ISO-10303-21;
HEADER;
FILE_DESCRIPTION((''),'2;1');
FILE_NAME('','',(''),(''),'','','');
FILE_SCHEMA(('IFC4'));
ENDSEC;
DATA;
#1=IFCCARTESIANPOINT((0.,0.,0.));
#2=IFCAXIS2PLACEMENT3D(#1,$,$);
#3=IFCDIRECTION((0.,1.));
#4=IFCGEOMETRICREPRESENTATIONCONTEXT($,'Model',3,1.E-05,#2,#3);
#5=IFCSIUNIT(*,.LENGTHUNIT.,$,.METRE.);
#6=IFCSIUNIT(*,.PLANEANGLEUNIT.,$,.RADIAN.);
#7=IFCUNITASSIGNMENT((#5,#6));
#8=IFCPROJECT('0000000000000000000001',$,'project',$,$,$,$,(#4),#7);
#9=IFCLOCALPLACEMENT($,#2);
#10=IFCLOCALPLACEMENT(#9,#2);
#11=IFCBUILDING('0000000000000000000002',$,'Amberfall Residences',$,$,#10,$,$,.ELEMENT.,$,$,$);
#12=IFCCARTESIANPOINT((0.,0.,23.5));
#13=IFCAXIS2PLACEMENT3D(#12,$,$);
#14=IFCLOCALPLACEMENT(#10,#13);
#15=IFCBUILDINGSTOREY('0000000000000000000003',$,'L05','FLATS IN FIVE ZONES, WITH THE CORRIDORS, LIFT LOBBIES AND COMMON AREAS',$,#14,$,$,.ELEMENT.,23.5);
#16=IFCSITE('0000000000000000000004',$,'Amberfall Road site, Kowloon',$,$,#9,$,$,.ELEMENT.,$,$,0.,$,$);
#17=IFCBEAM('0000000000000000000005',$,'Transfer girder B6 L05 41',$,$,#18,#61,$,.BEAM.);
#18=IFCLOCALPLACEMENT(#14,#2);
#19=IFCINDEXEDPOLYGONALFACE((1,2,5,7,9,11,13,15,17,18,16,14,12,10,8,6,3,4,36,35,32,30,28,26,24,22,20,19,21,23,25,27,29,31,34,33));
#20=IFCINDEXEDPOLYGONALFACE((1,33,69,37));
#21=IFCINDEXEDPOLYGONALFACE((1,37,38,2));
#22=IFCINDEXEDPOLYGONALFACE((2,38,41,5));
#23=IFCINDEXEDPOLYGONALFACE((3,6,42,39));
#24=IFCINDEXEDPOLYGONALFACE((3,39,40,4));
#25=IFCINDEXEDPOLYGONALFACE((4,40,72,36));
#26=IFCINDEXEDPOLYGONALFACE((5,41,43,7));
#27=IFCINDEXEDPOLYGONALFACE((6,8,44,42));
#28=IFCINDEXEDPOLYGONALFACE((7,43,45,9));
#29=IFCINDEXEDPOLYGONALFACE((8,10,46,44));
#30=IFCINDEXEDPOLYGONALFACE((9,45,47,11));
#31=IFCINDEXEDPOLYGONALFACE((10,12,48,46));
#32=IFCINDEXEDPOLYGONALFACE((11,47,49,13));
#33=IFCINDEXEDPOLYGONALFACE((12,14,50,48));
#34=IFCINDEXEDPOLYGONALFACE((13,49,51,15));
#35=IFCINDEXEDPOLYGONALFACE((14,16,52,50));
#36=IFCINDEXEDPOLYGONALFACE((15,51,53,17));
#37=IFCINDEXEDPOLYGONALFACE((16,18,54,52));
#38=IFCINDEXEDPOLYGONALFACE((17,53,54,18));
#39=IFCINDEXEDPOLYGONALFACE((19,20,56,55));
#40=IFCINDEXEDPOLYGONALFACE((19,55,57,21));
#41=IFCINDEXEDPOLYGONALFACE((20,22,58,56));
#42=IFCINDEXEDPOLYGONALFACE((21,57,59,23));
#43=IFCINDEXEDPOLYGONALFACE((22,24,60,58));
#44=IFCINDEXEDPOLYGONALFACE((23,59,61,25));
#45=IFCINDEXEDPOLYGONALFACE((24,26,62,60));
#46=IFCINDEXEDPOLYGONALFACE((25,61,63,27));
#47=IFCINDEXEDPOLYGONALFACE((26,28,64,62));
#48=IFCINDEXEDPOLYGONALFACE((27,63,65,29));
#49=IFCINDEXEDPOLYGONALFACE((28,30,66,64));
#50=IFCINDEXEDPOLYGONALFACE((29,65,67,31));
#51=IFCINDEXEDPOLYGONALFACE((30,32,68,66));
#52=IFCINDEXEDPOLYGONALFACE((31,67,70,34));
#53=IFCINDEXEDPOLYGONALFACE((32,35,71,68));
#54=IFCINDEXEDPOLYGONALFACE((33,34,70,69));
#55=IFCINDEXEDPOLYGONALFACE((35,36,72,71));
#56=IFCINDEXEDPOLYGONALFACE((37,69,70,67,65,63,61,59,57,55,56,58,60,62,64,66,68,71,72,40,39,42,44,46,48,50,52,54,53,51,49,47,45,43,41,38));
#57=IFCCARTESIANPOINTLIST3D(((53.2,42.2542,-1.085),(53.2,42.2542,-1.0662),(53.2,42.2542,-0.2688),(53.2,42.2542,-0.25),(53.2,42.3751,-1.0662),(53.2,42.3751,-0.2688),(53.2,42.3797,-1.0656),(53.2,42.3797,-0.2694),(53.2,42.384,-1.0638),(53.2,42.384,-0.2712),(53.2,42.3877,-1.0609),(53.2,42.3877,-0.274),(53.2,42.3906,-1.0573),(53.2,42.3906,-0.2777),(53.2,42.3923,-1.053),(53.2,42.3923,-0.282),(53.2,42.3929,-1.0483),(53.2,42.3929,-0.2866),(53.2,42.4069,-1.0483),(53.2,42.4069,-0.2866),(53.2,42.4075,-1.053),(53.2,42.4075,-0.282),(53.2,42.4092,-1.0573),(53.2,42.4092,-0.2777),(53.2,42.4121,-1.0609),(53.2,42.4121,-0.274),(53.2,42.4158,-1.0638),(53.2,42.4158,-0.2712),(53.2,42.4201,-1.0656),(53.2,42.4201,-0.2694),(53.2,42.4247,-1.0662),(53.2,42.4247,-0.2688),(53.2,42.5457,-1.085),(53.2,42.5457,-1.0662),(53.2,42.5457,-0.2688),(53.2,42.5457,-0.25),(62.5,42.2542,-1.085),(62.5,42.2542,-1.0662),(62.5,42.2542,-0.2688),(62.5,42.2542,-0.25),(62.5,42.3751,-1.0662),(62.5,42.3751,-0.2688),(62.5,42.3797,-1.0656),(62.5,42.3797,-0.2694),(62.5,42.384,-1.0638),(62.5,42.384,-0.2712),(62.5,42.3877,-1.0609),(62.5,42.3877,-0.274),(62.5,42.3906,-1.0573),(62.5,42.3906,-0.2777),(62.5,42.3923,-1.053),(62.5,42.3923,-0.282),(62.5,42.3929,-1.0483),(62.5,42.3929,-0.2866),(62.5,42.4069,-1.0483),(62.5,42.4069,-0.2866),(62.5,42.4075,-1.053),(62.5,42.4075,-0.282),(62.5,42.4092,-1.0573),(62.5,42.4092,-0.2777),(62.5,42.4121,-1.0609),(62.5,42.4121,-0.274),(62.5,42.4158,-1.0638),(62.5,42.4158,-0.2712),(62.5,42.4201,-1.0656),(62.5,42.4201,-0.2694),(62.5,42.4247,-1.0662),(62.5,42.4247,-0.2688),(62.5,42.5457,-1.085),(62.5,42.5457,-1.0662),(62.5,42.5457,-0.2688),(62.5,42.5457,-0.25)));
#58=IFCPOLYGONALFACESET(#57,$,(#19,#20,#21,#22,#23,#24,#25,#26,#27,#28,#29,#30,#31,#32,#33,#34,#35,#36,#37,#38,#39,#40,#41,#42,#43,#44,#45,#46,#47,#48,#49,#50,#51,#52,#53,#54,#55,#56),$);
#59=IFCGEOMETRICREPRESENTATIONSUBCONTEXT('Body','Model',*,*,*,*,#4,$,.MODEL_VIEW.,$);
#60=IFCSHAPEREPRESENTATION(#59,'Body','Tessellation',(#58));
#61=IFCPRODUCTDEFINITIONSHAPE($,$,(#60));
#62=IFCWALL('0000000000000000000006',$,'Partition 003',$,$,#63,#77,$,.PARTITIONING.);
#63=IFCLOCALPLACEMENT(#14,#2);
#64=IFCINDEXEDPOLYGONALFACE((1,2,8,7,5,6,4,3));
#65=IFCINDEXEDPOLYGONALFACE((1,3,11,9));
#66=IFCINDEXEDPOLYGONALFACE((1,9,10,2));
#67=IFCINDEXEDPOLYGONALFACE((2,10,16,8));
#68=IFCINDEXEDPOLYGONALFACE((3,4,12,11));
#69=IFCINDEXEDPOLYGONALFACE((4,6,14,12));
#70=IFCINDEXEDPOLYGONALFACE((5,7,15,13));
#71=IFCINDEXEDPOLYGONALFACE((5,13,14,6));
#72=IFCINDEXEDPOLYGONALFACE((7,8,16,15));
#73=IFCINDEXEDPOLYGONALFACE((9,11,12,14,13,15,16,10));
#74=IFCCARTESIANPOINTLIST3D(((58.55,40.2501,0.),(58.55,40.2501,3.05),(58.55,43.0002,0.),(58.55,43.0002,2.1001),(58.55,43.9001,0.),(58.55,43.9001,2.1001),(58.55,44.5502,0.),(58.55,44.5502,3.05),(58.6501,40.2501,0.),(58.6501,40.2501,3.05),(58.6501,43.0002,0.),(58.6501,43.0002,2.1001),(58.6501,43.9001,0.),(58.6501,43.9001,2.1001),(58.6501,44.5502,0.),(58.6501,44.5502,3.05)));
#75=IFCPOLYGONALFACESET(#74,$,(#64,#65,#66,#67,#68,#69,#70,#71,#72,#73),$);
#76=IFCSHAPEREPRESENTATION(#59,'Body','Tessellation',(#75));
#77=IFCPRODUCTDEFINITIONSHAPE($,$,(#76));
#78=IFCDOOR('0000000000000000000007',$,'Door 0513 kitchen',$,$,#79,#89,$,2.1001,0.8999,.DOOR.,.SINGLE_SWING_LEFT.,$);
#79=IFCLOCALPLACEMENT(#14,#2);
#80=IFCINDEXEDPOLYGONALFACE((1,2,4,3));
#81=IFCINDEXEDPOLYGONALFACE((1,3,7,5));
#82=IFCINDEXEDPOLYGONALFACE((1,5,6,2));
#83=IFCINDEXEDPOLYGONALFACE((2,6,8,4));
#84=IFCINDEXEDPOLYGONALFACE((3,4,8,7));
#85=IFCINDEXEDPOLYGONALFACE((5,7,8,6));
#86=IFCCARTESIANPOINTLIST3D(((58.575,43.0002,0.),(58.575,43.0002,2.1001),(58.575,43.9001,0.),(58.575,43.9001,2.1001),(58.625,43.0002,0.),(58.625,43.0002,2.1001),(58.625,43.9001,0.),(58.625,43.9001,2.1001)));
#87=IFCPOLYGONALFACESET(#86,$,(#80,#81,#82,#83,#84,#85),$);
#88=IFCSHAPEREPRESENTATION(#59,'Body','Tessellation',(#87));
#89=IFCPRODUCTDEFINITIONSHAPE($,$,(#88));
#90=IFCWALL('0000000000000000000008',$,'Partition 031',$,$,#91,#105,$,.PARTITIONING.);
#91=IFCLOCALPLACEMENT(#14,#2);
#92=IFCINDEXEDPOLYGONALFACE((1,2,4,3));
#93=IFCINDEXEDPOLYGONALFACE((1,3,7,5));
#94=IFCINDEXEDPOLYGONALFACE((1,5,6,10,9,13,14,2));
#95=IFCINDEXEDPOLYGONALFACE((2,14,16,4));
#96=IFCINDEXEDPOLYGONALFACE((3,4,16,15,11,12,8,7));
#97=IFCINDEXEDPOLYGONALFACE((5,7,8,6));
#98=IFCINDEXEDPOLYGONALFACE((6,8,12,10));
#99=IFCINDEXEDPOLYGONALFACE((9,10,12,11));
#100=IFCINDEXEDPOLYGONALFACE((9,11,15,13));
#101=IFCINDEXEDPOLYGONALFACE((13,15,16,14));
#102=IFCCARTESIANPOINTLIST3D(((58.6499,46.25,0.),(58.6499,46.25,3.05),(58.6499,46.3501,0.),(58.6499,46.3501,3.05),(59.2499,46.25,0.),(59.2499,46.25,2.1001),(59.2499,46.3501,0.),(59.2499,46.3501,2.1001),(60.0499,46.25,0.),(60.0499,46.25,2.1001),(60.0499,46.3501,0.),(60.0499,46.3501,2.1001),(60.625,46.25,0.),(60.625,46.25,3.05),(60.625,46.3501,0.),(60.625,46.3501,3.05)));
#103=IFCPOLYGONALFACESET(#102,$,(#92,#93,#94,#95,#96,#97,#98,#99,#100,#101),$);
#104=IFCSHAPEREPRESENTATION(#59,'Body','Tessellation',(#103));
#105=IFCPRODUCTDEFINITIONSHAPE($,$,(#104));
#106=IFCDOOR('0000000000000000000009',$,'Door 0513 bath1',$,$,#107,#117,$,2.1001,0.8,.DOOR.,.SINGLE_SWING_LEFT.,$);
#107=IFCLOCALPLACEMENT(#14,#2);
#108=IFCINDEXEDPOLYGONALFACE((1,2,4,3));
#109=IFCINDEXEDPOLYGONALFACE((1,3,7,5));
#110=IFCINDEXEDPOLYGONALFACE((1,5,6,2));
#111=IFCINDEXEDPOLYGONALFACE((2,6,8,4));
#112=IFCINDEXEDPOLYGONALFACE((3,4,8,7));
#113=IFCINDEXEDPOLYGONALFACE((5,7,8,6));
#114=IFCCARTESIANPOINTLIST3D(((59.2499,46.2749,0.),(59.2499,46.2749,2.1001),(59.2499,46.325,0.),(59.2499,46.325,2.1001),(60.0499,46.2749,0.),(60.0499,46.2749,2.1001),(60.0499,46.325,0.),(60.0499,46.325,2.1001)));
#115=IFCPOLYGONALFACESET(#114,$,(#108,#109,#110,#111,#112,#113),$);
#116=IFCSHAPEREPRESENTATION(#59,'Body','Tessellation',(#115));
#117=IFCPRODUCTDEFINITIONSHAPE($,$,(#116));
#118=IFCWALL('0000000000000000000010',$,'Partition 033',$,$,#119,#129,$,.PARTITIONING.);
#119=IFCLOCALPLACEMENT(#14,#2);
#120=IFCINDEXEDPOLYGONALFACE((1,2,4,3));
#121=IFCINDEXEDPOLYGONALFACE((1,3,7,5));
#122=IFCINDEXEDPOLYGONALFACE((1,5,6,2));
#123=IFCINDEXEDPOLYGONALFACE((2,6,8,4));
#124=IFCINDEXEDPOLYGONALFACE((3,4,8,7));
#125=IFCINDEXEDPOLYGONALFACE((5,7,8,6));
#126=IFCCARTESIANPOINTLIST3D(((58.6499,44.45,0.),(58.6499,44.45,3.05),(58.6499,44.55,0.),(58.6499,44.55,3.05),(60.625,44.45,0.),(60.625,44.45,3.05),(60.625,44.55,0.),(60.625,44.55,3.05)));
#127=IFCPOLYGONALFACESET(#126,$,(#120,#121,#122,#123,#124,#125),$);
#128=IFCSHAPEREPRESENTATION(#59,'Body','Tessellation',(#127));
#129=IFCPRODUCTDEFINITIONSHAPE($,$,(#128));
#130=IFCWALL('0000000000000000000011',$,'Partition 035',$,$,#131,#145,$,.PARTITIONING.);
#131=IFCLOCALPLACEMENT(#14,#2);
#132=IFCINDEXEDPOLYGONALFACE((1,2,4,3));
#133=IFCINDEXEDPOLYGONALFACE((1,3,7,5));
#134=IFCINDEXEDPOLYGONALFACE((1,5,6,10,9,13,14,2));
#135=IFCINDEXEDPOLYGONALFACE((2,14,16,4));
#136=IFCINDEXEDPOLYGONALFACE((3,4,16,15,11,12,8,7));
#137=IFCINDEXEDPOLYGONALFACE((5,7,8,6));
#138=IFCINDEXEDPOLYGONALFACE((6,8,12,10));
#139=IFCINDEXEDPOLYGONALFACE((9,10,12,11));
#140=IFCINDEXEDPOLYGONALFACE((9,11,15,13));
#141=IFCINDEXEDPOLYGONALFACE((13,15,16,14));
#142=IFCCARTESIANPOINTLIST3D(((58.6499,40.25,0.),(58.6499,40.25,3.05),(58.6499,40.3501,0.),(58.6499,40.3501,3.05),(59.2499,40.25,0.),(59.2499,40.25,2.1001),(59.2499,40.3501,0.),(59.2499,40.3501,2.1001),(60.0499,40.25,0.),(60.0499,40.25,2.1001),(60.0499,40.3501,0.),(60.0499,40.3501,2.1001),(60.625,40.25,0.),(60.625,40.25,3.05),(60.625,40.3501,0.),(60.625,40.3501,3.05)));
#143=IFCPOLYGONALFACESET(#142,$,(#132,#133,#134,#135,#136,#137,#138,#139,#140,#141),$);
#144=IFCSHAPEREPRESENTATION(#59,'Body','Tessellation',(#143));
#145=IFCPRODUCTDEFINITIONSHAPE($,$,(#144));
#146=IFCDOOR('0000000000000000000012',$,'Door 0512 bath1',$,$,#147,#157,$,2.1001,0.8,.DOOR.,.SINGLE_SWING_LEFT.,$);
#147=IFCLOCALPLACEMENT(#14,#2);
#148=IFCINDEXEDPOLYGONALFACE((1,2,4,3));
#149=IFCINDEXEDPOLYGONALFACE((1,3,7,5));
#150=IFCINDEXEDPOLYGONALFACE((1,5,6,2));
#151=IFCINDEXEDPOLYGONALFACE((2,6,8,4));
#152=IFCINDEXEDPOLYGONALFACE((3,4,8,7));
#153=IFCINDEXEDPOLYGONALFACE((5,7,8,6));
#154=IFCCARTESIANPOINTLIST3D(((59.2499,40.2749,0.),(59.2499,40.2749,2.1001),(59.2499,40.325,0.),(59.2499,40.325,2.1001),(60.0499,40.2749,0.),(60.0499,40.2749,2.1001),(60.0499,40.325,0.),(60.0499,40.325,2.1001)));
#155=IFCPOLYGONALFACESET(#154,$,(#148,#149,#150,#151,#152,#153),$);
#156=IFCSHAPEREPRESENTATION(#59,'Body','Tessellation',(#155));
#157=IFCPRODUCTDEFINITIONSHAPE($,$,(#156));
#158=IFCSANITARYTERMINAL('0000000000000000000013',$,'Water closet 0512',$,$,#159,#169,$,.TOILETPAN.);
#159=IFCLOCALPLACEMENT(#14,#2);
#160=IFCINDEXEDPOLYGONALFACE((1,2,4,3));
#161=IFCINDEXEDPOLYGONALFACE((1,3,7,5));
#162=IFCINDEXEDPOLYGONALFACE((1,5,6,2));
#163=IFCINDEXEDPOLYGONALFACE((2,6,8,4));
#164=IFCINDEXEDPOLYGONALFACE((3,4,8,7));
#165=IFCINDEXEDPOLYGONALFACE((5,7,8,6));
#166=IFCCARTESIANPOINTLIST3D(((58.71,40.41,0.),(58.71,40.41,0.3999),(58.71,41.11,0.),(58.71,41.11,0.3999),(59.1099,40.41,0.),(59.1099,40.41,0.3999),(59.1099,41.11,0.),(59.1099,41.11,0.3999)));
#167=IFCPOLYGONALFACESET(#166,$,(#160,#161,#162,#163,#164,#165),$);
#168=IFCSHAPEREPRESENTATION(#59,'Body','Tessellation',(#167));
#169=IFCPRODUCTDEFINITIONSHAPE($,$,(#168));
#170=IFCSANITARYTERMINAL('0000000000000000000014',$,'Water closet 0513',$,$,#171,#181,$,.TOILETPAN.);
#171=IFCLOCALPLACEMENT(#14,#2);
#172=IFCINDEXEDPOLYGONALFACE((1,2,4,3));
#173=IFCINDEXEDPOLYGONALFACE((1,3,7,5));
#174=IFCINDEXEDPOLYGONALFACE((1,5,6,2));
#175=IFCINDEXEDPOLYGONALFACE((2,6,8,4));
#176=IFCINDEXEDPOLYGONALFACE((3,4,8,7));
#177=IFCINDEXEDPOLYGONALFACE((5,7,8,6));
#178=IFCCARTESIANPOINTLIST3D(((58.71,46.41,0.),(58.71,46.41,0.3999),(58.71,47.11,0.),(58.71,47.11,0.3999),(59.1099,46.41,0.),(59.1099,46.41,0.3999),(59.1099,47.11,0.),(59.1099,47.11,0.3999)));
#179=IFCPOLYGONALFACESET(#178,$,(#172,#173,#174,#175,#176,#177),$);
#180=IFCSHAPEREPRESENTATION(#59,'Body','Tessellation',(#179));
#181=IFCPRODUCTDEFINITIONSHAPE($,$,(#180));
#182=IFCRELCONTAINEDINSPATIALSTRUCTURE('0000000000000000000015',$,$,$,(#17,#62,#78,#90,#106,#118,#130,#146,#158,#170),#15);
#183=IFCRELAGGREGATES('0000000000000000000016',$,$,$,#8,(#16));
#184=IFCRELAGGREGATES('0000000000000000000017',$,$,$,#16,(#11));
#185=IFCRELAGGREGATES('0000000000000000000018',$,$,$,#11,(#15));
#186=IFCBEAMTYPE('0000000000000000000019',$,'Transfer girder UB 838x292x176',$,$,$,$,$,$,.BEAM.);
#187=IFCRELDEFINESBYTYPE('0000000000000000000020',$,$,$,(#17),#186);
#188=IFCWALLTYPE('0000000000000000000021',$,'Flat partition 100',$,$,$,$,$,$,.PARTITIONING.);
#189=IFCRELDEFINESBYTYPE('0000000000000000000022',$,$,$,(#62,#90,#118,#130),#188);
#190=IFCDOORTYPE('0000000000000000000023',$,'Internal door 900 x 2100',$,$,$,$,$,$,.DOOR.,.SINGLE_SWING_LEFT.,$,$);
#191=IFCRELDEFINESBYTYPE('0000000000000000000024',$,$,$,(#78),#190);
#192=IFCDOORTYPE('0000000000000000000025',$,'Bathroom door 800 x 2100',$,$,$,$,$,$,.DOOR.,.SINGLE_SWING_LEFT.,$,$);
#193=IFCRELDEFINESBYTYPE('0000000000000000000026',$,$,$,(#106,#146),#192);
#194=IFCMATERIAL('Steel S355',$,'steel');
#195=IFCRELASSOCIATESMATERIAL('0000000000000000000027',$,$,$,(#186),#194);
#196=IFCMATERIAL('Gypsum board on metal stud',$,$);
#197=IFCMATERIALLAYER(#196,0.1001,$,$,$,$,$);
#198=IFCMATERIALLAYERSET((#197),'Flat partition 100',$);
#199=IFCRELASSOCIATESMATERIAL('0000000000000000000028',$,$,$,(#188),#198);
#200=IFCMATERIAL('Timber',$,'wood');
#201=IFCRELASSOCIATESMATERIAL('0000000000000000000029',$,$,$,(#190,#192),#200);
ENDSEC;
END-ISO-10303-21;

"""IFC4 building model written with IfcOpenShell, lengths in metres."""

from ifc_helpers import new_model, si_unit, direction, frame, frame_2d, origin, origin_2d, place, context, subcontext, project, spatial, rectangle, i_section, extrude, material, layer, layer_set, material_profile, profile_set, type_object, element, fill, save


model = new_model("IFC4")

# Units and contexts
model_context = context("Model", 3, precision=1e-05, world=origin(), true_north=direction((0.0, 1.0)))
body_context = subcontext(model_context, "Body", "Model", "MODEL_VIEW")
ifc_project = project(units=[si_unit("LENGTHUNIT", "METRE"), si_unit("PLANEANGLEUNIT", "RADIAN")], contexts=[model_context])

# Site, building, storey
site_placement = place(None, origin())
site = spatial("IfcSite", under=ifc_project, at=site_placement, Name="Amberfall Road site, Kowloon", CompositionType="ELEMENT", RefElevation=0.0)
building_placement = place(site_placement, origin())
building = spatial("IfcBuilding", under=site, at=building_placement, Name="Amberfall Residences", CompositionType="ELEMENT")
storey_placement = place(building_placement, frame((0.0, 0.0, 23.5)))
storey = spatial("IfcBuildingStorey", under=building, at=storey_placement, Name="L05", Description="FLATS IN FIVE ZONES, WITH THE CORRIDORS, LIFT LOBBIES AND COMMON AREAS", CompositionType="ELEMENT", Elevation=23.5)

# Beam
ifc_material_1 = material(Name="Steel S355", Category="steel")
ifc_material_profile = material_profile(ifc_material_1, i_section(OverallWidth=0.2915, OverallDepth=0.835, WebThickness=0.0139, FlangeThickness=0.0188, FilletRadius=0.0178, at=origin_2d()), Name="UB 838x292x176")
ifc_profile_set = profile_set([ifc_material_profile], Name="Steel S355")
beam_type = type_object("IfcBeamType", Name="Transfer girder UB 838x292x176", PredefinedType="BEAM", material=ifc_profile_set)
beam_placement = place(storey_placement, frame((53.2, 42.3999, -0.6675), z_axis=(1.0, 0.0, 0.0), x_axis=(0.0, 1.0, 0.0)))
element("IfcBeam", 1, at=beam_placement, inside=storey, type_object=beam_type, Name="Transfer girder B6 L05 41", PredefinedType="BEAM", context=body_context, shape_type="SweptSolid", body=[
    extrude(i_section(OverallWidth=0.2915, OverallDepth=0.835, WebThickness=0.0139, FlangeThickness=0.0188, FilletRadius=0.0178, at=origin_2d()), origin(), (0.0, 0.0, 1.0), 9.3),
])

# Walls, openings, doors
ifc_material_2 = material(Name="Gypsum board on metal stud")
ifc_layer = layer(ifc_material_2, 0.1001)
ifc_layer_set = layer_set([ifc_layer], Name="Flat partition 100")
wall_type = type_object("IfcWallType", Name="Flat partition 100", PredefinedType="PARTITIONING", material=ifc_layer_set)
wall_1_placement = place(storey_placement, frame((58.6001, 44.55, 0.0), z_axis=(0.0, 0.0, 1.0), x_axis=(0.0, -1.0, 0.0)))
wall_1 = element("IfcWall", 2, at=wall_1_placement, inside=storey, type_object=wall_type, Name="Partition 003", PredefinedType="PARTITIONING", context=body_context, shape_type="SweptSolid", body=[
    extrude(rectangle(XDim=4.3, YDim=0.1001, at=frame_2d((2.1499, 0.0))), origin(), (0.0, 0.0, 1.0), 3.05),
])
opening_1_placement = place(wall_1_placement, frame((0.6499, 0.0, 0.0)))
opening_1 = element("IfcOpeningElement", 3, at=opening_1_placement, cuts=wall_1, PredefinedType="OPENING", context=body_context, shape_type="SweptSolid", body=[
    extrude(rectangle(XDim=0.8999, YDim=2.1001, at=frame_2d((0.45, 1.05))), frame((0.0, 0.0601, 0.0), z_axis=(0.0, -1.0, 0.0), x_axis=(1.0, 0.0, 0.0)), (0.0, 0.0, 1.0), 0.1201),
])
ifc_material_3 = material(Name="Timber", Category="wood")
door_type_1 = type_object("IfcDoorType", Name="Internal door 900 x 2100", OperationType="SINGLE_SWING_LEFT", PredefinedType="DOOR", material=ifc_material_3)
door_1_placement = place(opening_1_placement, origin())
door_1 = element("IfcDoor", 4, at=door_1_placement, inside=storey, type_object=door_type_1, Name="Door 0513 kitchen", OperationType="SINGLE_SWING_LEFT", OverallHeight=2.1001, OverallWidth=0.8999, PredefinedType="DOOR", context=body_context, shape_type="SweptSolid", body=[
    extrude(rectangle(XDim=0.8999, YDim=2.1001, at=frame_2d((0.45, 1.05))), frame((0.0, 0.0249, 0.0), z_axis=(0.0, -1.0, 0.0), x_axis=(1.0, 0.0, 0.0)), (0.0, 0.0, 1.0), 0.05),
])
fill(opening_1, door_1)
wall_2_placement = place(storey_placement, frame((58.6499, 46.3, 0.0), z_axis=(0.0, 0.0, 1.0), x_axis=(1.0, 0.0, 0.0)))
wall_2 = element("IfcWall", 5, at=wall_2_placement, inside=storey, type_object=wall_type, Name="Partition 031", PredefinedType="PARTITIONING", context=body_context, shape_type="SweptSolid", body=[
    extrude(rectangle(XDim=1.9751, YDim=0.1001, at=frame_2d((0.9875, 0.0))), origin(), (0.0, 0.0, 1.0), 3.05),
])
opening_2_placement = place(wall_2_placement, frame((0.6001, 0.0, 0.0)))
opening_2 = element("IfcOpeningElement", 6, at=opening_2_placement, cuts=wall_2, PredefinedType="OPENING", context=body_context, shape_type="SweptSolid", body=[
    extrude(rectangle(XDim=0.8, YDim=2.1001, at=frame_2d((0.3999, 1.05))), frame((0.0, 0.0601, 0.0), z_axis=(0.0, -1.0, 0.0), x_axis=(1.0, 0.0, 0.0)), (0.0, 0.0, 1.0), 0.1201),
])
door_type_2 = type_object("IfcDoorType", Name="Bathroom door 800 x 2100", OperationType="SINGLE_SWING_LEFT", PredefinedType="DOOR", material=ifc_material_3)
door_2_placement = place(opening_2_placement, origin())
door_2 = element("IfcDoor", 7, at=door_2_placement, inside=storey, type_object=door_type_2, Name="Door 0513 bath1", OperationType="SINGLE_SWING_LEFT", OverallHeight=2.1001, OverallWidth=0.8, PredefinedType="DOOR", context=body_context, shape_type="SweptSolid", body=[
    extrude(rectangle(XDim=0.8, YDim=2.1001, at=frame_2d((0.3999, 1.05))), frame((0.0, 0.0249, 0.0), z_axis=(0.0, -1.0, 0.0), x_axis=(1.0, 0.0, 0.0)), (0.0, 0.0, 1.0), 0.05),
])
fill(opening_2, door_2)

# Wall
wall_3_placement = place(storey_placement, frame((58.6499, 44.5, 0.0), z_axis=(0.0, 0.0, 1.0), x_axis=(1.0, 0.0, 0.0)))
element("IfcWall", 8, at=wall_3_placement, inside=storey, type_object=wall_type, Name="Partition 033", PredefinedType="PARTITIONING", context=body_context, shape_type="SweptSolid", body=[
    extrude(rectangle(XDim=1.9751, YDim=0.1001, at=frame_2d((0.9875, 0.0))), origin(), (0.0, 0.0, 1.0), 3.05),
])

# Wall, opening, door
wall_4_placement = place(storey_placement, frame((58.6499, 40.3, 0.0), z_axis=(0.0, 0.0, 1.0), x_axis=(1.0, 0.0, 0.0)))
wall_4 = element("IfcWall", 9, at=wall_4_placement, inside=storey, type_object=wall_type, Name="Partition 035", PredefinedType="PARTITIONING", context=body_context, shape_type="SweptSolid", body=[
    extrude(rectangle(XDim=1.9751, YDim=0.1001, at=frame_2d((0.9875, 0.0))), origin(), (0.0, 0.0, 1.0), 3.05),
])
opening_3_placement = place(wall_4_placement, frame((0.6001, 0.0, 0.0)))
opening_3 = element("IfcOpeningElement", 10, at=opening_3_placement, cuts=wall_4, PredefinedType="OPENING", context=body_context, shape_type="SweptSolid", body=[
    extrude(rectangle(XDim=0.8, YDim=2.1001, at=frame_2d((0.3999, 1.05))), frame((0.0, 0.0601, 0.0), z_axis=(0.0, -1.0, 0.0), x_axis=(1.0, 0.0, 0.0)), (0.0, 0.0, 1.0), 0.1201),
])
door_3_placement = place(opening_3_placement, origin())
door_3 = element("IfcDoor", 11, at=door_3_placement, inside=storey, type_object=door_type_2, Name="Door 0512 bath1", OperationType="SINGLE_SWING_LEFT", OverallHeight=2.1001, OverallWidth=0.8, PredefinedType="DOOR", context=body_context, shape_type="SweptSolid", body=[
    extrude(rectangle(XDim=0.8, YDim=2.1001, at=frame_2d((0.3999, 1.05))), frame((0.0, 0.0249, 0.0), z_axis=(0.0, -1.0, 0.0), x_axis=(1.0, 0.0, 0.0)), (0.0, 0.0, 1.0), 0.05),
])
fill(opening_3, door_3)

# Sanitary terminals
for number, where, z_axis, x_axis, name in (
    (12, (58.9099, 40.76, 0.0), (0.0, 0.0, 1.0), (1.0, 0.0, 0.0), "Water closet 0512"),
    (13, (58.9099, 46.76, 0.0), (0.0, 0.0, 1.0), (1.0, 0.0, 0.0), "Water closet 0513"),
):
    element("IfcSanitaryTerminal", number, at=place(storey_placement, frame(where, z_axis=z_axis, x_axis=x_axis)), inside=storey, Name=name, PredefinedType="TOILETPAN", context=body_context, shape_type="SweptSolid", body=[
        extrude(rectangle(XDim=0.3999, YDim=0.7, at=origin_2d()), origin(), (0.0, 0.0, 1.0), 0.3999),
    ])

save(model, "model.ifc")
